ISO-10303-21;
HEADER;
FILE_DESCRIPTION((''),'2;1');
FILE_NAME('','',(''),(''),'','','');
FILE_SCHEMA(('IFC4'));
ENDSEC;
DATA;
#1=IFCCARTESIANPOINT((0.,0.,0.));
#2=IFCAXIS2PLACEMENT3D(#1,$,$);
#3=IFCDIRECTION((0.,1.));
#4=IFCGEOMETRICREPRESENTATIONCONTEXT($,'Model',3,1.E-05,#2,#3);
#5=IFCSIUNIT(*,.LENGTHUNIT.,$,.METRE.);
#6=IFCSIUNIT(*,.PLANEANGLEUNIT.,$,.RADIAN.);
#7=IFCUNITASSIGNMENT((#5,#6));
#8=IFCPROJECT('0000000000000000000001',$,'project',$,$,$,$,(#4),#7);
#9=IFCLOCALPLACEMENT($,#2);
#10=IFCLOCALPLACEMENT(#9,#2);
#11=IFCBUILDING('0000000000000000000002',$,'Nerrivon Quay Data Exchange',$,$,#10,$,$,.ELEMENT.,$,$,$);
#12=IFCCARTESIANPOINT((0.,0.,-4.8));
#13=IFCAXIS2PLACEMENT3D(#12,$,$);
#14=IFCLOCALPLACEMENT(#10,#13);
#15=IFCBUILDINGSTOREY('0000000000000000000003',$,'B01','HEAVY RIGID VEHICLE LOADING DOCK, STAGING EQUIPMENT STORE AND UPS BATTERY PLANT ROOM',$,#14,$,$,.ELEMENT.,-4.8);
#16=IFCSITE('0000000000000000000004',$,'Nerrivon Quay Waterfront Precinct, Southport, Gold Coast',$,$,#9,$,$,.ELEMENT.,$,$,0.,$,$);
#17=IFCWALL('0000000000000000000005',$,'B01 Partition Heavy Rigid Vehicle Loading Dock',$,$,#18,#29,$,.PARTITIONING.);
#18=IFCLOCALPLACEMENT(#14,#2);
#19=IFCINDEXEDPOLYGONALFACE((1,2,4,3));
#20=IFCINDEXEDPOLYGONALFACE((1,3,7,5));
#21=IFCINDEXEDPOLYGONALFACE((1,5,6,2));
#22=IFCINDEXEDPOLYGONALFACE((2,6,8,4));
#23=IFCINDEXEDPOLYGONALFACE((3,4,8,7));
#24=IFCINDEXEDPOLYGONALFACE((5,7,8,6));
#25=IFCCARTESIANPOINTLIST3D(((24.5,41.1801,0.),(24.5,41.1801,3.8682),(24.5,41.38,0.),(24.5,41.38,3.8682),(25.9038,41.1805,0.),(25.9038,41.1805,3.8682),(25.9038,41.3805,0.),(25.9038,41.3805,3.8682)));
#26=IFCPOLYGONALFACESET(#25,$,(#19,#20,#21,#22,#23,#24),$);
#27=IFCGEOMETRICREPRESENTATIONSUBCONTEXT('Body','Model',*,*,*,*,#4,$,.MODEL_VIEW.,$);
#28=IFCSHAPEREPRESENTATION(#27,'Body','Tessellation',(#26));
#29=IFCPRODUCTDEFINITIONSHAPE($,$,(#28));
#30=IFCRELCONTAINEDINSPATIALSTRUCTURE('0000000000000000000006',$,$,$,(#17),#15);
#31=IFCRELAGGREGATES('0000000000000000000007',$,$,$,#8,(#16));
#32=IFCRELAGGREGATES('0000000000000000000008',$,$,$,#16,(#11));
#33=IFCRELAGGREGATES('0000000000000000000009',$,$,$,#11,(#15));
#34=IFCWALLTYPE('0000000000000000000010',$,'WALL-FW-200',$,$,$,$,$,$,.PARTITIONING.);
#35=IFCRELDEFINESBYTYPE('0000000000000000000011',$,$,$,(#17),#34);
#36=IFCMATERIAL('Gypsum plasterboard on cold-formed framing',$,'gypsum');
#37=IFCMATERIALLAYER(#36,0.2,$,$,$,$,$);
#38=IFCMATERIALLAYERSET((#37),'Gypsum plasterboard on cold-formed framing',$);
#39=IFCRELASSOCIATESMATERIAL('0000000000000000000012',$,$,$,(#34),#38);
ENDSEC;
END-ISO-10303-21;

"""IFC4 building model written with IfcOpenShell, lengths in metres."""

from ifc_helpers import new_model, si_unit, direction, frame, frame_2d, origin, place, context, subcontext, project, spatial, rectangle, extrude, material, layer, layer_set, type_object, element, save


model = new_model("IFC4")

# Units and contexts
model_context = context("Model", 3, precision=1e-05, world=origin(), true_north=direction((0.0, 1.0)))
body_context = subcontext(model_context, "Body", "Model", "MODEL_VIEW")
ifc_project = project(units=[si_unit("LENGTHUNIT", "METRE"), si_unit("PLANEANGLEUNIT", "RADIAN")], contexts=[model_context])

# Site, building, storey
site_placement = place(None, origin())
site = spatial("IfcSite", under=ifc_project, at=site_placement, Name="Nerrivon Quay Waterfront Precinct, Southport, Gold Coast", CompositionType="ELEMENT", RefElevation=0.0)
building_placement = place(site_placement, origin())
building = spatial("IfcBuilding", under=site, at=building_placement, Name="Nerrivon Quay Data Exchange", CompositionType="ELEMENT")
storey_placement = place(building_placement, frame((0.0, 0.0, -4.8)))
storey = spatial("IfcBuildingStorey", under=building, at=storey_placement, Name="B01", Description="HEAVY RIGID VEHICLE LOADING DOCK, STAGING EQUIPMENT STORE AND UPS BATTERY PLANT ROOM", CompositionType="ELEMENT", Elevation=-4.8)

# Wall
ifc_material_1 = material(Name="Gypsum plasterboard on cold-formed framing", Category="gypsum")
ifc_layer = layer(ifc_material_1, 0.2)
ifc_layer_set = layer_set([ifc_layer], Name="Gypsum plasterboard on cold-formed framing")
wall_type = type_object("IfcWallType", Name="WALL-FW-200", PredefinedType="PARTITIONING", material=ifc_layer_set)
wall_1_placement = place(storey_placement, frame((25.9038, 41.2805, 0.0), z_axis=(0.0, 0.0, 1.0), x_axis=(-1.0, -0.000348, 0.0)))
element("IfcWall", 1, at=wall_1_placement, inside=storey, type_object=wall_type, Name="B01 Partition Heavy Rigid Vehicle Loading Dock", PredefinedType="PARTITIONING", context=body_context, shape_type="SweptSolid", body=[
    extrude(rectangle(XDim=1.4038, YDim=0.2, at=frame_2d((0.7019, 0.0))), origin(), (0.0, 0.0, 1.0), 3.8682),
])

save(model, "model.ifc")
